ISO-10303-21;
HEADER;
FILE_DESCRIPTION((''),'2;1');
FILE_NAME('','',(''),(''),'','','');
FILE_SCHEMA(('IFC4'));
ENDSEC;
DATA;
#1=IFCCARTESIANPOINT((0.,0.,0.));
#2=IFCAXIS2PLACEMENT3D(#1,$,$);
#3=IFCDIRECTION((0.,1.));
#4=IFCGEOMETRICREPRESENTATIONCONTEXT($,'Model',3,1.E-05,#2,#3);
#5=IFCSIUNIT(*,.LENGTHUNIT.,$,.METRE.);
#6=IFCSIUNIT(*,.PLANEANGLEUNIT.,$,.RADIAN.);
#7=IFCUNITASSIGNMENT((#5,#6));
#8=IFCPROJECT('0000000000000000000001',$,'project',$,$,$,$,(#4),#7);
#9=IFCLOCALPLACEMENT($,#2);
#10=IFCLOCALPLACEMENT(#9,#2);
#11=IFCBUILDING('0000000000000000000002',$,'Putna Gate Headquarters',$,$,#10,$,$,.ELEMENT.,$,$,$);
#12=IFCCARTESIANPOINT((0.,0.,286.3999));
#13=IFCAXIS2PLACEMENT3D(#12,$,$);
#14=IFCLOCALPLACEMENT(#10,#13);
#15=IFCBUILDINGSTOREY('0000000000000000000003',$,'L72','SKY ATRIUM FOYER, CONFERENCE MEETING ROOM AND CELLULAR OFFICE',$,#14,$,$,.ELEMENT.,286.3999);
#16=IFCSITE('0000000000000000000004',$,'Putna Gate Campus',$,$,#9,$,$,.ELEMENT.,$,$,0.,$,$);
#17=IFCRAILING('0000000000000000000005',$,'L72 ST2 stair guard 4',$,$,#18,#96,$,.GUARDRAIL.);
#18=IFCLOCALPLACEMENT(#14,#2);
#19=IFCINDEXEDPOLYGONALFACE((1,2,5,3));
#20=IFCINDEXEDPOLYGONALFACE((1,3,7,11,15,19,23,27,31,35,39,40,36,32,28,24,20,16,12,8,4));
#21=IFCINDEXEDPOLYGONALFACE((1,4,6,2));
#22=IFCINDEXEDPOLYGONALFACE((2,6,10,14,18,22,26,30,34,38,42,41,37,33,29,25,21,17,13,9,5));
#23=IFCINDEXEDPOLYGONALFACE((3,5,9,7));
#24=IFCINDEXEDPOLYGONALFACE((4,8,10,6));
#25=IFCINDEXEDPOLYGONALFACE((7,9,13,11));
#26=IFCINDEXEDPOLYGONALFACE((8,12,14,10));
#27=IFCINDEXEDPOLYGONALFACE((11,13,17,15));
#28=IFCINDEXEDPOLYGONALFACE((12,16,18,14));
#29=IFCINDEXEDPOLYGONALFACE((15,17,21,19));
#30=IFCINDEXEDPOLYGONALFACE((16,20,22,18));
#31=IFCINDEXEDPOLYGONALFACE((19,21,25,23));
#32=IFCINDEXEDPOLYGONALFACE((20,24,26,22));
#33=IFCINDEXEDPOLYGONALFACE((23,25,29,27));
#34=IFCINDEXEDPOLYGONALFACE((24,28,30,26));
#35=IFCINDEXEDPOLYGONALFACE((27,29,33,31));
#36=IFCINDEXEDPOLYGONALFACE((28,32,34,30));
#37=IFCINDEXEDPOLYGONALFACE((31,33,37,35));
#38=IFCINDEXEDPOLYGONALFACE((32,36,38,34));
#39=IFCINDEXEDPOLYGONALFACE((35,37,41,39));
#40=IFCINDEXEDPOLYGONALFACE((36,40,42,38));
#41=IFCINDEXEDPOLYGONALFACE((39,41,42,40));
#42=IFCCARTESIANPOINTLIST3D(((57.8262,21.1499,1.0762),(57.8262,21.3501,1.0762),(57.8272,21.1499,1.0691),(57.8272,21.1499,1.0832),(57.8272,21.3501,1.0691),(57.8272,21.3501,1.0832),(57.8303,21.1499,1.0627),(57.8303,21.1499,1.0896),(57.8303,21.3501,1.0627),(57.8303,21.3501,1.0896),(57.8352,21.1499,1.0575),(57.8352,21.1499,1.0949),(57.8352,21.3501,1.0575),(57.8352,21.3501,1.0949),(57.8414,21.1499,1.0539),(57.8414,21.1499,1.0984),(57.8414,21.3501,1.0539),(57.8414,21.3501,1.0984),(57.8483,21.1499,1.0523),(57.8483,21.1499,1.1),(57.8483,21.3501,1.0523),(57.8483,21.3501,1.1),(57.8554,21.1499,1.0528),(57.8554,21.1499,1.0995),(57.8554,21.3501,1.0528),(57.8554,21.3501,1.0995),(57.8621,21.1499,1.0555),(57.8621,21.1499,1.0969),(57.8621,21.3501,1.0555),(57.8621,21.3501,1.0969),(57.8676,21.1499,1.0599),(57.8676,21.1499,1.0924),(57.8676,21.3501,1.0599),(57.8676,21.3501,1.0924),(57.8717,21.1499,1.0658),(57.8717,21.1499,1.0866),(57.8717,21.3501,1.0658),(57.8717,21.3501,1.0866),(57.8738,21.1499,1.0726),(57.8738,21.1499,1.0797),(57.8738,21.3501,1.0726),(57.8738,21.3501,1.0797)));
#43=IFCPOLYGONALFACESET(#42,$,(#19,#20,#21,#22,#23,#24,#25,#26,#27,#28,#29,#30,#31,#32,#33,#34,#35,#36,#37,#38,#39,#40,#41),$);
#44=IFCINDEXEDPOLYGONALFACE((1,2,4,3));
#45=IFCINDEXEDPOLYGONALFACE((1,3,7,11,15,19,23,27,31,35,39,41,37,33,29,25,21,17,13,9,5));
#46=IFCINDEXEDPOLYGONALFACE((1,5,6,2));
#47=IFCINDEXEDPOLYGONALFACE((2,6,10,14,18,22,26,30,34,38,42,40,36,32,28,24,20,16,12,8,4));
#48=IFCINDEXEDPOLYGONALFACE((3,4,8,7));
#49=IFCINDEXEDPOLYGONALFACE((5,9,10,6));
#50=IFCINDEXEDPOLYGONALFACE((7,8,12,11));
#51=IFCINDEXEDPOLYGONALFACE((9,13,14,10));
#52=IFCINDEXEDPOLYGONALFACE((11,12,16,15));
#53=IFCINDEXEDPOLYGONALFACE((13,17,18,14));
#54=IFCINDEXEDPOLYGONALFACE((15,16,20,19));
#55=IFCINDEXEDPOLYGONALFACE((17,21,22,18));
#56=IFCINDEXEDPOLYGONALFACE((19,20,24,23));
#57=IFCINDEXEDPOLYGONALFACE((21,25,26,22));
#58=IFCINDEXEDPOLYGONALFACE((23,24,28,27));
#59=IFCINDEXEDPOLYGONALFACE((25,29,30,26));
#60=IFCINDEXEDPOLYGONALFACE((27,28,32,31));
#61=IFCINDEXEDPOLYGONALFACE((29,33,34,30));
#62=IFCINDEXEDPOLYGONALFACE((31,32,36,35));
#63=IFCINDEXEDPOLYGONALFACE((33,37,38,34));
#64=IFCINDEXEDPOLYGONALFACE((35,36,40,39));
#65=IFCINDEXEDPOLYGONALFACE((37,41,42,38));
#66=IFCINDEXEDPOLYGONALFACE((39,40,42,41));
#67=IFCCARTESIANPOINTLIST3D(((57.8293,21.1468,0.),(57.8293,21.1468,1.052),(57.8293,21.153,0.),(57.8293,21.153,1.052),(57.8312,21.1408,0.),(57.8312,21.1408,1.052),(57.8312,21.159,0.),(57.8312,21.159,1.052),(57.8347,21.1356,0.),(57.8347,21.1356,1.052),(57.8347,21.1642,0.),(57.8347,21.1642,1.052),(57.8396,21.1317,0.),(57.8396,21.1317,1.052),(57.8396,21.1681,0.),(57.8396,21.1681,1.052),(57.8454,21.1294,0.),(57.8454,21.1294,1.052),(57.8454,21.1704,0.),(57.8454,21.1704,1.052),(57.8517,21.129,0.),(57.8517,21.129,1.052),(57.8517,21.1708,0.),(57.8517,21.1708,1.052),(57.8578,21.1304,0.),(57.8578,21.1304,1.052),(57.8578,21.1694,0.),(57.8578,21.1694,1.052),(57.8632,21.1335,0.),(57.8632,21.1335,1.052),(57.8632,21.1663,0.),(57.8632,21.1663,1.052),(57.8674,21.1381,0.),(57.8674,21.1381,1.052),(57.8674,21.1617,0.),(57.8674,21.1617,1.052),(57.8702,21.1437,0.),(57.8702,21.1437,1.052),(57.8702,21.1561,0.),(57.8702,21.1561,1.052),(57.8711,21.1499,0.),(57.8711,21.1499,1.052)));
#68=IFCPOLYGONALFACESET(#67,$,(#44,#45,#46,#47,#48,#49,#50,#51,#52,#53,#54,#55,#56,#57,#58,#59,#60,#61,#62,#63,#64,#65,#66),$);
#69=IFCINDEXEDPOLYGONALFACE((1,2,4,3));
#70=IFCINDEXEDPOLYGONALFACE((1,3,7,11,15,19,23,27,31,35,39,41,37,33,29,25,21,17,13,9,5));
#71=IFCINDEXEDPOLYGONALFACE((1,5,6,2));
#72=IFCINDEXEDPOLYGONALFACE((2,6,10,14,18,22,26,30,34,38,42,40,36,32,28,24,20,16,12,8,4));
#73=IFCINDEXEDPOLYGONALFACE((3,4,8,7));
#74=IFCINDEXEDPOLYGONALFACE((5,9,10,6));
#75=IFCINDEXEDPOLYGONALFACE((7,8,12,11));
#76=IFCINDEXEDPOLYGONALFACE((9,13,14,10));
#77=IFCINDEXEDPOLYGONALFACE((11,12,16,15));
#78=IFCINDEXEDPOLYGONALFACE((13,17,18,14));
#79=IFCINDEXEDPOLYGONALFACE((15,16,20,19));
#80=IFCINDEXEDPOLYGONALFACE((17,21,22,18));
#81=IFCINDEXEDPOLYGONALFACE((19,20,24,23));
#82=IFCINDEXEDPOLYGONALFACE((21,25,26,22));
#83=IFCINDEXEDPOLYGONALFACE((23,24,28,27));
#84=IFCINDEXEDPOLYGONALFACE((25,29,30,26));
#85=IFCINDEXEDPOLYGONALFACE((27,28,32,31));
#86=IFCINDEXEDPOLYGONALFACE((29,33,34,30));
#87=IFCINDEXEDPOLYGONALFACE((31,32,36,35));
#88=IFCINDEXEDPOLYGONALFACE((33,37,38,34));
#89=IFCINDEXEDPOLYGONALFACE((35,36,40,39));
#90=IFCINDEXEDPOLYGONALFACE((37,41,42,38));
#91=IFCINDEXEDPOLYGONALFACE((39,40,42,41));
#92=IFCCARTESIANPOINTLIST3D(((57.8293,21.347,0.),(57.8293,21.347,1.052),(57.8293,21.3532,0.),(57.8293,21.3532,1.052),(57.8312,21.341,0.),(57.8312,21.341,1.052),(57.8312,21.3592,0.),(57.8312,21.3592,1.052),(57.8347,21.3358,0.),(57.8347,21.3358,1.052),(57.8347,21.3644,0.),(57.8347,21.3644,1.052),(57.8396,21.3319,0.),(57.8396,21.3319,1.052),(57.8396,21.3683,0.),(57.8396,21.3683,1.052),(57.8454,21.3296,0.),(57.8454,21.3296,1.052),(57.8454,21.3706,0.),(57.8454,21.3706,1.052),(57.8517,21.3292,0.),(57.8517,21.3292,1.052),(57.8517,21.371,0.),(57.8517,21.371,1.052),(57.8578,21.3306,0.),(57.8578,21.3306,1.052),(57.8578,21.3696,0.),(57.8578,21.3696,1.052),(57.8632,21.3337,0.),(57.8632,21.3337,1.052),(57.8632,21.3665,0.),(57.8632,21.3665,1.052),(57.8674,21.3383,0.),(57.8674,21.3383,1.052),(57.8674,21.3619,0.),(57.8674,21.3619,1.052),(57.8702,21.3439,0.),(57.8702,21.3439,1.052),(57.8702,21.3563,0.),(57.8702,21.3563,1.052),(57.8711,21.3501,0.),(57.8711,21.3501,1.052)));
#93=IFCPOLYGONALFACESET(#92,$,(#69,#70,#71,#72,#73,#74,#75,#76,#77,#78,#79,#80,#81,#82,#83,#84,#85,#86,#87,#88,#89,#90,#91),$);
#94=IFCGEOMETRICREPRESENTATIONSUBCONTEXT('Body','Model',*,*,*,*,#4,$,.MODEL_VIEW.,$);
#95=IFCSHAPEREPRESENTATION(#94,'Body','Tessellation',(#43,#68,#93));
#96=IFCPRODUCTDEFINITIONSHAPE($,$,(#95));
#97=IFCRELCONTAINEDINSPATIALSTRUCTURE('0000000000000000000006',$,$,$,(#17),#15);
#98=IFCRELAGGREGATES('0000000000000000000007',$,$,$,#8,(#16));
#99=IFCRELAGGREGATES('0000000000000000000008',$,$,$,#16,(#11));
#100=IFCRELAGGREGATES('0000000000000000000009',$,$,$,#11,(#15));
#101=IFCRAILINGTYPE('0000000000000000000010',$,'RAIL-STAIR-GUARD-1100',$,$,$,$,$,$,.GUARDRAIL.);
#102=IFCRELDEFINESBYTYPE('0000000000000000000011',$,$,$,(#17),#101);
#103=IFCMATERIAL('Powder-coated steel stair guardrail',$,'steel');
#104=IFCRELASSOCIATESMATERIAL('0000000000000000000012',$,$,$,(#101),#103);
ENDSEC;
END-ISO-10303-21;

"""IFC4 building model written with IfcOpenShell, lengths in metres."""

from ifc_helpers import new_model, si_unit, direction, frame, origin, origin_2d, place, context, subcontext, project, spatial, circle, extrude, material, type_object, element, save


model = new_model("IFC4")

# Units and contexts
model_context = context("Model", 3, precision=1e-05, world=origin(), true_north=direction((0.0, 1.0)))
body_context = subcontext(model_context, "Body", "Model", "MODEL_VIEW")
ifc_project = project(units=[si_unit("LENGTHUNIT", "METRE"), si_unit("PLANEANGLEUNIT", "RADIAN")], contexts=[model_context])

# Site, building, storey
site_placement = place(None, origin())
site = spatial("IfcSite", under=ifc_project, at=site_placement, Name="Putna Gate Campus", CompositionType="ELEMENT", RefElevation=0.0)
building_placement = place(site_placement, origin())
building = spatial("IfcBuilding", under=site, at=building_placement, Name="Putna Gate Headquarters", CompositionType="ELEMENT")
storey_placement = place(building_placement, frame((0.0, 0.0, 286.3999)))
storey = spatial("IfcBuildingStorey", under=building, at=storey_placement, Name="L72", Description="SKY ATRIUM FOYER, CONFERENCE MEETING ROOM AND CELLULAR OFFICE", CompositionType="ELEMENT", Elevation=286.3999)

# Railing
ifc_material_1 = material(Name="Powder-coated steel stair guardrail", Category="steel")
railing_type_1 = type_object("IfcRailingType", Name="RAIL-STAIR-GUARD-1100", PredefinedType="GUARDRAIL", material=ifc_material_1)
railing_1_placement = place(storey_placement, frame((57.8501, 21.1499, 0.0)))
element("IfcRailing", 1, at=railing_1_placement, inside=storey, type_object=railing_type_1, Name="L72 ST2 stair guard 4", PredefinedType="GUARDRAIL", context=body_context, shape_type="SweptSolid", body=[
    extrude(circle(Radius=0.0239, at=origin_2d()), frame((0.0, 0.0, 1.0762), z_axis=(0.0, 1.0, 0.0), x_axis=(-1.0, 0.0, 0.0)), (0.0, 0.0, 1.0), 0.2002),
    extrude(circle(Radius=0.021, at=origin_2d()), origin(), (0.0, 0.0, 1.0), 1.052),
    extrude(circle(Radius=0.021, at=origin_2d()), frame((0.0, 0.2002, 0.0)), (0.0, 0.0, 1.0), 1.052),
])

save(model, "model.ifc")
